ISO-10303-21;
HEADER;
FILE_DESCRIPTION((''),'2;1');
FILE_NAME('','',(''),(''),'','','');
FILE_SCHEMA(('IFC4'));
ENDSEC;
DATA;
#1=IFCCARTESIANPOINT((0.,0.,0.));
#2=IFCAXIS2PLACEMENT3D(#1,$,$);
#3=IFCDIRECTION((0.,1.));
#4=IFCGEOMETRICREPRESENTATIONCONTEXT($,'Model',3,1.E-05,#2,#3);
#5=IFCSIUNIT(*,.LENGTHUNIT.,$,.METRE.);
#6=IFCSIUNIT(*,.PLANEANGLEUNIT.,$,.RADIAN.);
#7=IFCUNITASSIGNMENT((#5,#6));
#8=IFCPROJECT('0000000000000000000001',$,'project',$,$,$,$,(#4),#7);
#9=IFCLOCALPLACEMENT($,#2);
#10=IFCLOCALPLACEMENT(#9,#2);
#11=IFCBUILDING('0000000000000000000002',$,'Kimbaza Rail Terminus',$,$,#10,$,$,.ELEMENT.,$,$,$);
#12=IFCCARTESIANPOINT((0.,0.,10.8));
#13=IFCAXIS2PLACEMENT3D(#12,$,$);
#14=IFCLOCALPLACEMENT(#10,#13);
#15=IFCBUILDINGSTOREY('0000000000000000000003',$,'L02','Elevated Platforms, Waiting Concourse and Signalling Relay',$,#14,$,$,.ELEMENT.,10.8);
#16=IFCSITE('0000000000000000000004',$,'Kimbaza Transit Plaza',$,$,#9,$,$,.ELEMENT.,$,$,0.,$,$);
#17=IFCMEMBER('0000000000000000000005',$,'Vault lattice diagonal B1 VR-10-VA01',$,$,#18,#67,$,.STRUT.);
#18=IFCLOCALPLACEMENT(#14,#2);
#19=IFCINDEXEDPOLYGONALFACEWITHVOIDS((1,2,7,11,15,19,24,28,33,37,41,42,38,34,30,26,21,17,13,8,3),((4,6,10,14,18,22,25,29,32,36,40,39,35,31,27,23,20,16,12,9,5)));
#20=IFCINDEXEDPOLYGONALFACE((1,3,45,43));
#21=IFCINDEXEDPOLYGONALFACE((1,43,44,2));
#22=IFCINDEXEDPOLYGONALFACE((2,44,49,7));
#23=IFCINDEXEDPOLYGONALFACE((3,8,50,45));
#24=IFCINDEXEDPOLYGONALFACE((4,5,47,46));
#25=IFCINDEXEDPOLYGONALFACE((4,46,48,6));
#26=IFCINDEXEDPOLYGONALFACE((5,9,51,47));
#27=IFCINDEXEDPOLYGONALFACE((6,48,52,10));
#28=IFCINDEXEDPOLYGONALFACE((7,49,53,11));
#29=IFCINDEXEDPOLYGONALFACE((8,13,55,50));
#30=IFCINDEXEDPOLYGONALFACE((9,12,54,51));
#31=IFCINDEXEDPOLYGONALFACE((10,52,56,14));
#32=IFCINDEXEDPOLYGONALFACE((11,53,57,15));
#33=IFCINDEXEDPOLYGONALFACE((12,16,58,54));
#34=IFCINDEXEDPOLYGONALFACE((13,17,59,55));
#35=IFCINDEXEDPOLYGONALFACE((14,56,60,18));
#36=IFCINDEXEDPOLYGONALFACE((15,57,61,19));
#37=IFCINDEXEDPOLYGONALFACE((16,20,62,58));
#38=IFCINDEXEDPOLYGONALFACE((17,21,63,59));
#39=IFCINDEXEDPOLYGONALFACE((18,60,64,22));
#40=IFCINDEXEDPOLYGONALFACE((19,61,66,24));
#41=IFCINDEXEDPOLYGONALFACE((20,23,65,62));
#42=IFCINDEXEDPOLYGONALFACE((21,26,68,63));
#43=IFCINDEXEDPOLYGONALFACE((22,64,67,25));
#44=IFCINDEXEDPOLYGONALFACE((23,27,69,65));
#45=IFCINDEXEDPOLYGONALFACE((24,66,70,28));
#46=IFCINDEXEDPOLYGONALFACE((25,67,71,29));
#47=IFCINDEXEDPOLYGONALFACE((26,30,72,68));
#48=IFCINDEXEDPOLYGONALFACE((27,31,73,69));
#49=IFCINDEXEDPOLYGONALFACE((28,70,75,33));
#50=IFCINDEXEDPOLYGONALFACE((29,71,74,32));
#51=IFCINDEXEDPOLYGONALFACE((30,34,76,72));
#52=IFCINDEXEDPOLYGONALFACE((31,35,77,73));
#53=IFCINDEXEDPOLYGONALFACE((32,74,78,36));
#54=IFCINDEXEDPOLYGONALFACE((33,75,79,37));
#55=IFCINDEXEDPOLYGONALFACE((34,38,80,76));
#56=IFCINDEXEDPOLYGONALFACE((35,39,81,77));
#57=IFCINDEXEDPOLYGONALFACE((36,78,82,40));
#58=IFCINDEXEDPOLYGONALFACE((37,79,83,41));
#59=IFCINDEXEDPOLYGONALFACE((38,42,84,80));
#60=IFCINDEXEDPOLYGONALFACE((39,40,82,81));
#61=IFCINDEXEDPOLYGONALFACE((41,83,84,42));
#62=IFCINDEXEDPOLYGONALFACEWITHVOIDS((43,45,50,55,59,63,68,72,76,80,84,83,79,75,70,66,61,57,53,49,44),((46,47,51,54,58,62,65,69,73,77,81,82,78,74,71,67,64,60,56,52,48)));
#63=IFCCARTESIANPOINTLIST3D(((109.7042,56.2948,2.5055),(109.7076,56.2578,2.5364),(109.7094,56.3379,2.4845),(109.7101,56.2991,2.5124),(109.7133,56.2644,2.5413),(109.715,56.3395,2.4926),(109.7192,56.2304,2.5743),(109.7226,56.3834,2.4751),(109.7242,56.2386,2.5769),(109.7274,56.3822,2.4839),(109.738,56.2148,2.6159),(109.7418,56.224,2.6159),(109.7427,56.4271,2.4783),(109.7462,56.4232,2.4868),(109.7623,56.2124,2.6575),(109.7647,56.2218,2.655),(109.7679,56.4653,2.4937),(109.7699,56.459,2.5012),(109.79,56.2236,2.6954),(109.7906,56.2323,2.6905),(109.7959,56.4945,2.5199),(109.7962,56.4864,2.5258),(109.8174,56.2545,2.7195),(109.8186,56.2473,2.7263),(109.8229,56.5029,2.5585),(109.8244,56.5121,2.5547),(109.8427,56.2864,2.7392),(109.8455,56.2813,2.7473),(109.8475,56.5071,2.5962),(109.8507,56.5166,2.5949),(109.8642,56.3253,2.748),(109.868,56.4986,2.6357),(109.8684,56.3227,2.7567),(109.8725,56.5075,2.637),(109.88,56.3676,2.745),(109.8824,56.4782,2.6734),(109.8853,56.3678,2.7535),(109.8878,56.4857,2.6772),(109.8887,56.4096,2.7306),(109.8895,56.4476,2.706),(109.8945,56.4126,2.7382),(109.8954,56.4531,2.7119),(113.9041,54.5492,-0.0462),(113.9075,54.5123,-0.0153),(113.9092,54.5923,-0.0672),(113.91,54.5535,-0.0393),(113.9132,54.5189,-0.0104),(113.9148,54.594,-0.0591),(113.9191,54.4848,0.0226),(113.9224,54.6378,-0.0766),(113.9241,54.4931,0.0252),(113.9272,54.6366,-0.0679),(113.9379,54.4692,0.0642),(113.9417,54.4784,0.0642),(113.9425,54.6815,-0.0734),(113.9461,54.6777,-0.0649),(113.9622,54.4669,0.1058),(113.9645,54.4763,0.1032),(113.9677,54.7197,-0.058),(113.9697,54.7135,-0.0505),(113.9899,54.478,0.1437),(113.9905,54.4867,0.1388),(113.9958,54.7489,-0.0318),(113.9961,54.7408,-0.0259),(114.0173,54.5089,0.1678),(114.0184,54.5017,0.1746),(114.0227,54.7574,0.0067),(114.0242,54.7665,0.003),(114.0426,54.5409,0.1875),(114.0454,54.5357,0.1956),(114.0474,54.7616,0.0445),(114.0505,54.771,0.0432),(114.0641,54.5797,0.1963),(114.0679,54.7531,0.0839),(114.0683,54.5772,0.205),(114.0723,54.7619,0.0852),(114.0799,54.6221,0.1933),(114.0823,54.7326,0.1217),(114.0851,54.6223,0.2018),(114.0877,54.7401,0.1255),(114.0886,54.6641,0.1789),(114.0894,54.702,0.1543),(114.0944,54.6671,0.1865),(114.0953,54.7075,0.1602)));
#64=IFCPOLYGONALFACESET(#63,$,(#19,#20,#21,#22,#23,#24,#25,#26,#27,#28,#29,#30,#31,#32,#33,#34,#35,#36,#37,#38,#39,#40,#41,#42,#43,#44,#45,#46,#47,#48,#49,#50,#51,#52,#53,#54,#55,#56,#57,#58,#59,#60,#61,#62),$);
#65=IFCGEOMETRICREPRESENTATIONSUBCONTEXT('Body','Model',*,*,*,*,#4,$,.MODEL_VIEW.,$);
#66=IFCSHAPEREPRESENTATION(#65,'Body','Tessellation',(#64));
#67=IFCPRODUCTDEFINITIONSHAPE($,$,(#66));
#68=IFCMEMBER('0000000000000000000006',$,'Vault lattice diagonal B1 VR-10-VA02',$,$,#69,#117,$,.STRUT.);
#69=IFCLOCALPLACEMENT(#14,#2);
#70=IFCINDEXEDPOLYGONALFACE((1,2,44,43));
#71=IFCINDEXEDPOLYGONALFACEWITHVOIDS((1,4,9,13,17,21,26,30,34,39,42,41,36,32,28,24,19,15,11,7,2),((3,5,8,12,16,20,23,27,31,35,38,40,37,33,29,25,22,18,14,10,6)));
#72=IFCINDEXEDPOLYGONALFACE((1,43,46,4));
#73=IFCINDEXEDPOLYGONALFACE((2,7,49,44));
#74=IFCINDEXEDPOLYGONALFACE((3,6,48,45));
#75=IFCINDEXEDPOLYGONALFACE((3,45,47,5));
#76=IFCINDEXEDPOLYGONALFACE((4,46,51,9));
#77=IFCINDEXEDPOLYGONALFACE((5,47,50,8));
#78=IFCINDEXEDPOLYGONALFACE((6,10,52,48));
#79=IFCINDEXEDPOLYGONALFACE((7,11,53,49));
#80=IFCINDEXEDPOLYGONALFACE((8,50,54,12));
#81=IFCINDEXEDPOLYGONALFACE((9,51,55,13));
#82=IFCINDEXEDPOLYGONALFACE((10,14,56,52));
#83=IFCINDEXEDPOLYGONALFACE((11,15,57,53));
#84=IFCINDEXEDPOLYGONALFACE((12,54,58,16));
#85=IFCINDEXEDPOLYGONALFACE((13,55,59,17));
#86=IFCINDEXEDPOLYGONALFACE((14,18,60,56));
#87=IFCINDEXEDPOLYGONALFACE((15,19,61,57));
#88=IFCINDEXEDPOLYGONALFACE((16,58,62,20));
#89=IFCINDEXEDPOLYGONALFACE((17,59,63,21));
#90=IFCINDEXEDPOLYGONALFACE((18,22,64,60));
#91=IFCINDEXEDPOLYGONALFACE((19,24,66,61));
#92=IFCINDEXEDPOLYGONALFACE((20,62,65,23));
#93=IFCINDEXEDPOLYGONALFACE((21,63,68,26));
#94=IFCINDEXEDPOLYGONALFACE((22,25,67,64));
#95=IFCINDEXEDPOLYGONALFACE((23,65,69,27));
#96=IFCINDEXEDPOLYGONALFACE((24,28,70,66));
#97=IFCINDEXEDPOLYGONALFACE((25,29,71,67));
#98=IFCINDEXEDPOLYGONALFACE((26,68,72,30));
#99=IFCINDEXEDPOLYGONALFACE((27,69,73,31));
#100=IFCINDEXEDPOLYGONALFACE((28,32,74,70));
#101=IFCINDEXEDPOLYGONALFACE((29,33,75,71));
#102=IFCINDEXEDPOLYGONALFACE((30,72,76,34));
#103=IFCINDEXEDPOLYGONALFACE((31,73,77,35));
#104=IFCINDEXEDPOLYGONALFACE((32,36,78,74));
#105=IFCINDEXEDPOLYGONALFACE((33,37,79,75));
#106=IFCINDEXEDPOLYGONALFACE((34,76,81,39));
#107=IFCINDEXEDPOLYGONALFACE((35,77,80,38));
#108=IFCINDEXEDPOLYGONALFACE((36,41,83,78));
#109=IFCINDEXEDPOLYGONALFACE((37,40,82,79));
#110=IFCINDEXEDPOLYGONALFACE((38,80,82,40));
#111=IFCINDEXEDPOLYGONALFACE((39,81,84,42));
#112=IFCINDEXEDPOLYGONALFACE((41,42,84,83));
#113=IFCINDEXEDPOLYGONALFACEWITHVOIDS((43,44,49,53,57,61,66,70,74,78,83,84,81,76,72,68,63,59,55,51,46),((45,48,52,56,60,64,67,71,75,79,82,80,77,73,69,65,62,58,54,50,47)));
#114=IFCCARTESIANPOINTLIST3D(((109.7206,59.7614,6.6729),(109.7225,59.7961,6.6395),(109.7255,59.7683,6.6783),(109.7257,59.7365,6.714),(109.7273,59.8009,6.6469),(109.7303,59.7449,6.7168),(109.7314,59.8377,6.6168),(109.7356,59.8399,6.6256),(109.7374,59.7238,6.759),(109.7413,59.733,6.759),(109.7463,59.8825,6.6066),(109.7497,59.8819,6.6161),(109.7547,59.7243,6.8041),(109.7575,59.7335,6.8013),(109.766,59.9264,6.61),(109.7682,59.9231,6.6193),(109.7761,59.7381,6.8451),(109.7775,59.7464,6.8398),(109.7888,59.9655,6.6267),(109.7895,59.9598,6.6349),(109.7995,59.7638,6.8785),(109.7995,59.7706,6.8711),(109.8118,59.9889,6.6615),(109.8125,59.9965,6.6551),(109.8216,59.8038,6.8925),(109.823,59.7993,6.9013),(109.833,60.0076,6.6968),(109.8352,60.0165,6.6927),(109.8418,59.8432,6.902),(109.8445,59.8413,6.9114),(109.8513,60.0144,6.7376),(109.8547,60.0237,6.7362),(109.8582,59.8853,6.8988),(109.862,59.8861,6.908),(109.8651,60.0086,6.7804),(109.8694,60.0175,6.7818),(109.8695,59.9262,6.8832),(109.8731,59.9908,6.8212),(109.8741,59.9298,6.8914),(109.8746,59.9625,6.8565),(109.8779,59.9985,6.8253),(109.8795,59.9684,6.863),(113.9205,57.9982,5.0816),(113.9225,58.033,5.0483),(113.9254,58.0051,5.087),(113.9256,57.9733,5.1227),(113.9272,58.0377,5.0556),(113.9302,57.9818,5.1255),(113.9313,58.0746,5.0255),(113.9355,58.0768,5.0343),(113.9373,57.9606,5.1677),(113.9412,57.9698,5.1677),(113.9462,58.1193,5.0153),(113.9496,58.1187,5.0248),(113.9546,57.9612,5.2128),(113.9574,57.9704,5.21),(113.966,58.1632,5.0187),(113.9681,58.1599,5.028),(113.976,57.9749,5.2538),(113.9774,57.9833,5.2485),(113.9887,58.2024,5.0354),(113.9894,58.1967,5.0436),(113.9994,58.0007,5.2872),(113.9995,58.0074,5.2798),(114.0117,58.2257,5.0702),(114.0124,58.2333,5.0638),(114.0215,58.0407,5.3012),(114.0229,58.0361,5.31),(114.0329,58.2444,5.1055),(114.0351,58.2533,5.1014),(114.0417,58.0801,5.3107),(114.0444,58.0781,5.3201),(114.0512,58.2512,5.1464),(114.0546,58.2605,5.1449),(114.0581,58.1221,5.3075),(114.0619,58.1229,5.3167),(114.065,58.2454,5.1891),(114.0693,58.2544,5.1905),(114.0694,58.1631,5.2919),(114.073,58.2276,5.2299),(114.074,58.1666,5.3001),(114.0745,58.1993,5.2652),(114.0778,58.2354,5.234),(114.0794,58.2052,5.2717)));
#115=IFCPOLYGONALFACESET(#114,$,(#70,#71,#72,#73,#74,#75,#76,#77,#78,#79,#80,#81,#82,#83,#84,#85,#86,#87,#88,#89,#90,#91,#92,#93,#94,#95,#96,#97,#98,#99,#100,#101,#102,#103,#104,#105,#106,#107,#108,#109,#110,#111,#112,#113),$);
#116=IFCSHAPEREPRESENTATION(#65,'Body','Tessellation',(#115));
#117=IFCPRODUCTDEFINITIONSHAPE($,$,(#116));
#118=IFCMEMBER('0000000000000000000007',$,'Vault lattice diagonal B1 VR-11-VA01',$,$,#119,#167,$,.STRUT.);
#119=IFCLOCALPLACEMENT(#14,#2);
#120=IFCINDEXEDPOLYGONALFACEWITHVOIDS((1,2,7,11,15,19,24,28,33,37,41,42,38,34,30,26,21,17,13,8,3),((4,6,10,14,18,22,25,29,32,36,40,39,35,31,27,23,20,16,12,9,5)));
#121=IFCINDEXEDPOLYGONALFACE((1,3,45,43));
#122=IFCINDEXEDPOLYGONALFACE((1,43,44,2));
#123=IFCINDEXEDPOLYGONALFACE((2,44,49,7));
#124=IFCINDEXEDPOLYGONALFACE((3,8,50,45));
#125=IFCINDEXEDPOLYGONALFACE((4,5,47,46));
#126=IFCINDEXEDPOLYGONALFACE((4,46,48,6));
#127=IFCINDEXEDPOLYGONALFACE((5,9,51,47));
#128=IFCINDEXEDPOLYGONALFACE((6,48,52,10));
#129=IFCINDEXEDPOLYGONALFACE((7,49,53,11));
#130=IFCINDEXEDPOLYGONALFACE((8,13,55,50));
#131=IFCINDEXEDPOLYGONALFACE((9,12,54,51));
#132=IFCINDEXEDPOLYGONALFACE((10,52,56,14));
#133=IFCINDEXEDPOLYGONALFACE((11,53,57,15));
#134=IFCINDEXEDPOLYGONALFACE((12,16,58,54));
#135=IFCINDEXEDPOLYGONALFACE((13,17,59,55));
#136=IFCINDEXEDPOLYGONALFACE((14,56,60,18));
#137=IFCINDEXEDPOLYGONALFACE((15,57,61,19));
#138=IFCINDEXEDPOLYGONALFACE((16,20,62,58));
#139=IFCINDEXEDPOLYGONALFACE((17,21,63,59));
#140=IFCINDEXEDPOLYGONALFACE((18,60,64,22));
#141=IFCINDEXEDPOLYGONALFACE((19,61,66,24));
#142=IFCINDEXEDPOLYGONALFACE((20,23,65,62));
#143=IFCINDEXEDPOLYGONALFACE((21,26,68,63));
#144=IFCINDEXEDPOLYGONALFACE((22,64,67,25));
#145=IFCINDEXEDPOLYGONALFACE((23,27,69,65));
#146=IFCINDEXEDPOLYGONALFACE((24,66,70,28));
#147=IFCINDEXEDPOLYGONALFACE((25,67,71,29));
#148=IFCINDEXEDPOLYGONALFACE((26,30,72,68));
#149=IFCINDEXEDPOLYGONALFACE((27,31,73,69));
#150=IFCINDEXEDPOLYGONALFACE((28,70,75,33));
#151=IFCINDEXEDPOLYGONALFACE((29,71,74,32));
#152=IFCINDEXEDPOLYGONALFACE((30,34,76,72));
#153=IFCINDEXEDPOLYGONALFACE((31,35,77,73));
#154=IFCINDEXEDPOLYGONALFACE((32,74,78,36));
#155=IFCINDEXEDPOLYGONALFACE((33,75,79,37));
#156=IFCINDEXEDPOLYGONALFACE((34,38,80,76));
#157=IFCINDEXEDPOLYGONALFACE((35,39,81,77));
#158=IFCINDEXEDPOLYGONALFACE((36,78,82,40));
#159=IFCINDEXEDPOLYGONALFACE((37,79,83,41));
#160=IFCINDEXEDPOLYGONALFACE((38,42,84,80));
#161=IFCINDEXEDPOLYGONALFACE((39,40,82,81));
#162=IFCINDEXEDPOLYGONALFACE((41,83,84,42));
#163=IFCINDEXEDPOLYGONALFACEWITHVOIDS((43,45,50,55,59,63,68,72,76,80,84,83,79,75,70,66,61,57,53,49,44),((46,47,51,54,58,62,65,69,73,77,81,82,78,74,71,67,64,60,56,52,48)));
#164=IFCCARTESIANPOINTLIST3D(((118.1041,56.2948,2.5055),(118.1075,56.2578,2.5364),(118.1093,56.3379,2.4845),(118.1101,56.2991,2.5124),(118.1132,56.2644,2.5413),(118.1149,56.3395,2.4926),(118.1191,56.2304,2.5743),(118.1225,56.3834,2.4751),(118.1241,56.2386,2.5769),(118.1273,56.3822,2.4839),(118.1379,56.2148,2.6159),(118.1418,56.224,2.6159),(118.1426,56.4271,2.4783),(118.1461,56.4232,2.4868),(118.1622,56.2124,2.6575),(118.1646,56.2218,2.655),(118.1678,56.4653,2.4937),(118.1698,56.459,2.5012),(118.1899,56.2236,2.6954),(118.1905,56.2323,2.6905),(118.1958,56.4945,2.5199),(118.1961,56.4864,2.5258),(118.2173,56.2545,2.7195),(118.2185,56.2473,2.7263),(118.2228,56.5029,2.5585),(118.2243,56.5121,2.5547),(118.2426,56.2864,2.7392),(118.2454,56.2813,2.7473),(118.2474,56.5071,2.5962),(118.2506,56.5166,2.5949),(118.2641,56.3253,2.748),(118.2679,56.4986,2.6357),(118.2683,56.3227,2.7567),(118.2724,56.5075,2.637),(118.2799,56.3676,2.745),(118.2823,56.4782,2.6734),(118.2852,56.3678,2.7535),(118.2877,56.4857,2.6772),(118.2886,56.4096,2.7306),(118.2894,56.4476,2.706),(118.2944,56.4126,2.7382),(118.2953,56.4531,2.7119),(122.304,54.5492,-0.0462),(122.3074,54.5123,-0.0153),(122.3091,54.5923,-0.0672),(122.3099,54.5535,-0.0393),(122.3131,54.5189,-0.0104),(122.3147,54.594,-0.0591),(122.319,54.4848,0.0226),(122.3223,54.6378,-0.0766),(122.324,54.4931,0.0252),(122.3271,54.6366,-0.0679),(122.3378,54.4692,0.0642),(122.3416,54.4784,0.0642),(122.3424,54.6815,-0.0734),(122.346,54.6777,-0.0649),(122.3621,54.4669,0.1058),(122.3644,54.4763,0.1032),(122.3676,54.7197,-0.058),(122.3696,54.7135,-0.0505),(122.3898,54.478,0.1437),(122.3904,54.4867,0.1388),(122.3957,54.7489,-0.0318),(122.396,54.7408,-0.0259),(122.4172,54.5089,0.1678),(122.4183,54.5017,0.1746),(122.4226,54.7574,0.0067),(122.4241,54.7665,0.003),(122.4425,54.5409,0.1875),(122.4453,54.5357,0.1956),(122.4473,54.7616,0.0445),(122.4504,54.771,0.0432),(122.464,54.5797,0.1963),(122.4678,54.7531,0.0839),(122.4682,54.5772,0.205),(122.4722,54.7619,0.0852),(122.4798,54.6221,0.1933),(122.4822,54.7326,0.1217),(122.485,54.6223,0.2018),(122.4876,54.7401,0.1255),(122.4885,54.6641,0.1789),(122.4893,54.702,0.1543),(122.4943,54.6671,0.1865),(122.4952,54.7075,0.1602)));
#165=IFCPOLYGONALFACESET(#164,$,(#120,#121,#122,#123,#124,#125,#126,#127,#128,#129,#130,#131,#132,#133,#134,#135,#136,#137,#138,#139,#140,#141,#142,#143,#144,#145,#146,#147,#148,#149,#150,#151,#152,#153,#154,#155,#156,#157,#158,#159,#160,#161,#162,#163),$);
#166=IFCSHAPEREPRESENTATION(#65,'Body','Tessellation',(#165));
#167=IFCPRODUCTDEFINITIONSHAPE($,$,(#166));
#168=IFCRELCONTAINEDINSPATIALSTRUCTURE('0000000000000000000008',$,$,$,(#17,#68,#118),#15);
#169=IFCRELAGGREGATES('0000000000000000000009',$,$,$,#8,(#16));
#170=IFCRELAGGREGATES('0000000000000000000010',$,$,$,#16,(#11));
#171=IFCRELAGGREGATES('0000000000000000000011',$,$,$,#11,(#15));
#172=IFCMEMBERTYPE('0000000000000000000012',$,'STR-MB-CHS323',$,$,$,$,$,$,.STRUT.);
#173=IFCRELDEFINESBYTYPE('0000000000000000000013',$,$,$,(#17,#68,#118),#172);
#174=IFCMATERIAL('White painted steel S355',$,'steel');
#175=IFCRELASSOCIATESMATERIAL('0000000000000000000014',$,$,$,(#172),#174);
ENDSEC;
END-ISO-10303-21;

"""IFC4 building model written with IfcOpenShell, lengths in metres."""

from ifc_helpers import new_model, si_unit, direction, frame, origin, origin_2d, place, context, subcontext, project, spatial, hollow_circle, extrude, material, material_profile, profile_set, type_object, element, save


model = new_model("IFC4")

# Units and contexts
model_context = context("Model", 3, precision=1e-05, world=origin(), true_north=direction((0.0, 1.0)))
body_context = subcontext(model_context, "Body", "Model", "MODEL_VIEW")
ifc_project = project(units=[si_unit("LENGTHUNIT", "METRE"), si_unit("PLANEANGLEUNIT", "RADIAN")], contexts=[model_context])

# Site, building, storey
site_placement = place(None, origin())
site = spatial("IfcSite", under=ifc_project, at=site_placement, Name="Kimbaza Transit Plaza", CompositionType="ELEMENT", RefElevation=0.0)
building_placement = place(site_placement, origin())
building = spatial("IfcBuilding", under=site, at=building_placement, Name="Kimbaza Rail Terminus", CompositionType="ELEMENT")
storey_placement = place(building_placement, frame((0.0, 0.0, 10.8)))
storey = spatial("IfcBuildingStorey", under=building, at=storey_placement, Name="L02", Description="Elevated Platforms, Waiting Concourse and Signalling Relay", CompositionType="ELEMENT", Elevation=10.8)

# Members
ifc_material_1 = material(Name="White painted steel S355", Category="steel")
ifc_material_profile_1 = material_profile(ifc_material_1, hollow_circle(Radius=0.1619, WallThickness=0.01, at=origin_2d()), Name="CHS 323.9x10")
ifc_profile_set_1 = profile_set([ifc_material_profile_1], Name="White painted steel S355")
member_type_1 = type_object("IfcMemberType", Name="STR-MB-CHS323", PredefinedType="STRUT", material=ifc_profile_set_1)
member_1_placement = place(storey_placement, frame((114.0, 54.6187, 0.0642), z_axis=(-0.805331, 0.334716, 0.489293), x_axis=(-0.383796, -0.923418, 0.0)))
element("IfcMember", 1, at=member_1_placement, inside=storey, type_object=member_type_1, Name="Vault lattice diagonal B1 VR-10-VA01", PredefinedType="STRUT", context=body_context, shape_type="SweptSolid", body=[
    extrude(hollow_circle(Radius=0.1619, WallThickness=0.01, at=origin_2d()), origin(), (0.0, 0.0, 1.0), 5.2151),
])
member_2_placement = place(storey_placement, frame((114.0, 58.1099, 5.1677), z_axis=(-0.870455, 0.365426, 0.329805), x_axis=(-0.387084, -0.922044, 0.0)))
element("IfcMember", 2, at=member_2_placement, inside=storey, type_object=member_type_1, Name="Vault lattice diagonal B1 VR-10-VA02", PredefinedType="STRUT", context=body_context, shape_type="SweptSolid", body=[
    extrude(hollow_circle(Radius=0.1619, WallThickness=0.01, at=origin_2d()), origin(), (0.0, 0.0, 1.0), 4.825),
])
for number, where, z_axis, x_axis, name in (
    (3, (122.3999, 54.6187, 0.0642), (-0.805331, 0.334716, 0.489293), (-0.383796, -0.923418, 0.0), "Vault lattice diagonal B1 VR-11-VA01"),
):
    element("IfcMember", number, at=place(storey_placement, frame(where, z_axis=z_axis, x_axis=x_axis)), inside=storey, type_object=member_type_1, Name=name, PredefinedType="STRUT", context=body_context, shape_type="SweptSolid", body=[
        extrude(hollow_circle(Radius=0.1619, WallThickness=0.01, at=origin_2d()), origin(), (0.0, 0.0, 1.0), 5.2151),
    ])

save(model, "model.ifc")
